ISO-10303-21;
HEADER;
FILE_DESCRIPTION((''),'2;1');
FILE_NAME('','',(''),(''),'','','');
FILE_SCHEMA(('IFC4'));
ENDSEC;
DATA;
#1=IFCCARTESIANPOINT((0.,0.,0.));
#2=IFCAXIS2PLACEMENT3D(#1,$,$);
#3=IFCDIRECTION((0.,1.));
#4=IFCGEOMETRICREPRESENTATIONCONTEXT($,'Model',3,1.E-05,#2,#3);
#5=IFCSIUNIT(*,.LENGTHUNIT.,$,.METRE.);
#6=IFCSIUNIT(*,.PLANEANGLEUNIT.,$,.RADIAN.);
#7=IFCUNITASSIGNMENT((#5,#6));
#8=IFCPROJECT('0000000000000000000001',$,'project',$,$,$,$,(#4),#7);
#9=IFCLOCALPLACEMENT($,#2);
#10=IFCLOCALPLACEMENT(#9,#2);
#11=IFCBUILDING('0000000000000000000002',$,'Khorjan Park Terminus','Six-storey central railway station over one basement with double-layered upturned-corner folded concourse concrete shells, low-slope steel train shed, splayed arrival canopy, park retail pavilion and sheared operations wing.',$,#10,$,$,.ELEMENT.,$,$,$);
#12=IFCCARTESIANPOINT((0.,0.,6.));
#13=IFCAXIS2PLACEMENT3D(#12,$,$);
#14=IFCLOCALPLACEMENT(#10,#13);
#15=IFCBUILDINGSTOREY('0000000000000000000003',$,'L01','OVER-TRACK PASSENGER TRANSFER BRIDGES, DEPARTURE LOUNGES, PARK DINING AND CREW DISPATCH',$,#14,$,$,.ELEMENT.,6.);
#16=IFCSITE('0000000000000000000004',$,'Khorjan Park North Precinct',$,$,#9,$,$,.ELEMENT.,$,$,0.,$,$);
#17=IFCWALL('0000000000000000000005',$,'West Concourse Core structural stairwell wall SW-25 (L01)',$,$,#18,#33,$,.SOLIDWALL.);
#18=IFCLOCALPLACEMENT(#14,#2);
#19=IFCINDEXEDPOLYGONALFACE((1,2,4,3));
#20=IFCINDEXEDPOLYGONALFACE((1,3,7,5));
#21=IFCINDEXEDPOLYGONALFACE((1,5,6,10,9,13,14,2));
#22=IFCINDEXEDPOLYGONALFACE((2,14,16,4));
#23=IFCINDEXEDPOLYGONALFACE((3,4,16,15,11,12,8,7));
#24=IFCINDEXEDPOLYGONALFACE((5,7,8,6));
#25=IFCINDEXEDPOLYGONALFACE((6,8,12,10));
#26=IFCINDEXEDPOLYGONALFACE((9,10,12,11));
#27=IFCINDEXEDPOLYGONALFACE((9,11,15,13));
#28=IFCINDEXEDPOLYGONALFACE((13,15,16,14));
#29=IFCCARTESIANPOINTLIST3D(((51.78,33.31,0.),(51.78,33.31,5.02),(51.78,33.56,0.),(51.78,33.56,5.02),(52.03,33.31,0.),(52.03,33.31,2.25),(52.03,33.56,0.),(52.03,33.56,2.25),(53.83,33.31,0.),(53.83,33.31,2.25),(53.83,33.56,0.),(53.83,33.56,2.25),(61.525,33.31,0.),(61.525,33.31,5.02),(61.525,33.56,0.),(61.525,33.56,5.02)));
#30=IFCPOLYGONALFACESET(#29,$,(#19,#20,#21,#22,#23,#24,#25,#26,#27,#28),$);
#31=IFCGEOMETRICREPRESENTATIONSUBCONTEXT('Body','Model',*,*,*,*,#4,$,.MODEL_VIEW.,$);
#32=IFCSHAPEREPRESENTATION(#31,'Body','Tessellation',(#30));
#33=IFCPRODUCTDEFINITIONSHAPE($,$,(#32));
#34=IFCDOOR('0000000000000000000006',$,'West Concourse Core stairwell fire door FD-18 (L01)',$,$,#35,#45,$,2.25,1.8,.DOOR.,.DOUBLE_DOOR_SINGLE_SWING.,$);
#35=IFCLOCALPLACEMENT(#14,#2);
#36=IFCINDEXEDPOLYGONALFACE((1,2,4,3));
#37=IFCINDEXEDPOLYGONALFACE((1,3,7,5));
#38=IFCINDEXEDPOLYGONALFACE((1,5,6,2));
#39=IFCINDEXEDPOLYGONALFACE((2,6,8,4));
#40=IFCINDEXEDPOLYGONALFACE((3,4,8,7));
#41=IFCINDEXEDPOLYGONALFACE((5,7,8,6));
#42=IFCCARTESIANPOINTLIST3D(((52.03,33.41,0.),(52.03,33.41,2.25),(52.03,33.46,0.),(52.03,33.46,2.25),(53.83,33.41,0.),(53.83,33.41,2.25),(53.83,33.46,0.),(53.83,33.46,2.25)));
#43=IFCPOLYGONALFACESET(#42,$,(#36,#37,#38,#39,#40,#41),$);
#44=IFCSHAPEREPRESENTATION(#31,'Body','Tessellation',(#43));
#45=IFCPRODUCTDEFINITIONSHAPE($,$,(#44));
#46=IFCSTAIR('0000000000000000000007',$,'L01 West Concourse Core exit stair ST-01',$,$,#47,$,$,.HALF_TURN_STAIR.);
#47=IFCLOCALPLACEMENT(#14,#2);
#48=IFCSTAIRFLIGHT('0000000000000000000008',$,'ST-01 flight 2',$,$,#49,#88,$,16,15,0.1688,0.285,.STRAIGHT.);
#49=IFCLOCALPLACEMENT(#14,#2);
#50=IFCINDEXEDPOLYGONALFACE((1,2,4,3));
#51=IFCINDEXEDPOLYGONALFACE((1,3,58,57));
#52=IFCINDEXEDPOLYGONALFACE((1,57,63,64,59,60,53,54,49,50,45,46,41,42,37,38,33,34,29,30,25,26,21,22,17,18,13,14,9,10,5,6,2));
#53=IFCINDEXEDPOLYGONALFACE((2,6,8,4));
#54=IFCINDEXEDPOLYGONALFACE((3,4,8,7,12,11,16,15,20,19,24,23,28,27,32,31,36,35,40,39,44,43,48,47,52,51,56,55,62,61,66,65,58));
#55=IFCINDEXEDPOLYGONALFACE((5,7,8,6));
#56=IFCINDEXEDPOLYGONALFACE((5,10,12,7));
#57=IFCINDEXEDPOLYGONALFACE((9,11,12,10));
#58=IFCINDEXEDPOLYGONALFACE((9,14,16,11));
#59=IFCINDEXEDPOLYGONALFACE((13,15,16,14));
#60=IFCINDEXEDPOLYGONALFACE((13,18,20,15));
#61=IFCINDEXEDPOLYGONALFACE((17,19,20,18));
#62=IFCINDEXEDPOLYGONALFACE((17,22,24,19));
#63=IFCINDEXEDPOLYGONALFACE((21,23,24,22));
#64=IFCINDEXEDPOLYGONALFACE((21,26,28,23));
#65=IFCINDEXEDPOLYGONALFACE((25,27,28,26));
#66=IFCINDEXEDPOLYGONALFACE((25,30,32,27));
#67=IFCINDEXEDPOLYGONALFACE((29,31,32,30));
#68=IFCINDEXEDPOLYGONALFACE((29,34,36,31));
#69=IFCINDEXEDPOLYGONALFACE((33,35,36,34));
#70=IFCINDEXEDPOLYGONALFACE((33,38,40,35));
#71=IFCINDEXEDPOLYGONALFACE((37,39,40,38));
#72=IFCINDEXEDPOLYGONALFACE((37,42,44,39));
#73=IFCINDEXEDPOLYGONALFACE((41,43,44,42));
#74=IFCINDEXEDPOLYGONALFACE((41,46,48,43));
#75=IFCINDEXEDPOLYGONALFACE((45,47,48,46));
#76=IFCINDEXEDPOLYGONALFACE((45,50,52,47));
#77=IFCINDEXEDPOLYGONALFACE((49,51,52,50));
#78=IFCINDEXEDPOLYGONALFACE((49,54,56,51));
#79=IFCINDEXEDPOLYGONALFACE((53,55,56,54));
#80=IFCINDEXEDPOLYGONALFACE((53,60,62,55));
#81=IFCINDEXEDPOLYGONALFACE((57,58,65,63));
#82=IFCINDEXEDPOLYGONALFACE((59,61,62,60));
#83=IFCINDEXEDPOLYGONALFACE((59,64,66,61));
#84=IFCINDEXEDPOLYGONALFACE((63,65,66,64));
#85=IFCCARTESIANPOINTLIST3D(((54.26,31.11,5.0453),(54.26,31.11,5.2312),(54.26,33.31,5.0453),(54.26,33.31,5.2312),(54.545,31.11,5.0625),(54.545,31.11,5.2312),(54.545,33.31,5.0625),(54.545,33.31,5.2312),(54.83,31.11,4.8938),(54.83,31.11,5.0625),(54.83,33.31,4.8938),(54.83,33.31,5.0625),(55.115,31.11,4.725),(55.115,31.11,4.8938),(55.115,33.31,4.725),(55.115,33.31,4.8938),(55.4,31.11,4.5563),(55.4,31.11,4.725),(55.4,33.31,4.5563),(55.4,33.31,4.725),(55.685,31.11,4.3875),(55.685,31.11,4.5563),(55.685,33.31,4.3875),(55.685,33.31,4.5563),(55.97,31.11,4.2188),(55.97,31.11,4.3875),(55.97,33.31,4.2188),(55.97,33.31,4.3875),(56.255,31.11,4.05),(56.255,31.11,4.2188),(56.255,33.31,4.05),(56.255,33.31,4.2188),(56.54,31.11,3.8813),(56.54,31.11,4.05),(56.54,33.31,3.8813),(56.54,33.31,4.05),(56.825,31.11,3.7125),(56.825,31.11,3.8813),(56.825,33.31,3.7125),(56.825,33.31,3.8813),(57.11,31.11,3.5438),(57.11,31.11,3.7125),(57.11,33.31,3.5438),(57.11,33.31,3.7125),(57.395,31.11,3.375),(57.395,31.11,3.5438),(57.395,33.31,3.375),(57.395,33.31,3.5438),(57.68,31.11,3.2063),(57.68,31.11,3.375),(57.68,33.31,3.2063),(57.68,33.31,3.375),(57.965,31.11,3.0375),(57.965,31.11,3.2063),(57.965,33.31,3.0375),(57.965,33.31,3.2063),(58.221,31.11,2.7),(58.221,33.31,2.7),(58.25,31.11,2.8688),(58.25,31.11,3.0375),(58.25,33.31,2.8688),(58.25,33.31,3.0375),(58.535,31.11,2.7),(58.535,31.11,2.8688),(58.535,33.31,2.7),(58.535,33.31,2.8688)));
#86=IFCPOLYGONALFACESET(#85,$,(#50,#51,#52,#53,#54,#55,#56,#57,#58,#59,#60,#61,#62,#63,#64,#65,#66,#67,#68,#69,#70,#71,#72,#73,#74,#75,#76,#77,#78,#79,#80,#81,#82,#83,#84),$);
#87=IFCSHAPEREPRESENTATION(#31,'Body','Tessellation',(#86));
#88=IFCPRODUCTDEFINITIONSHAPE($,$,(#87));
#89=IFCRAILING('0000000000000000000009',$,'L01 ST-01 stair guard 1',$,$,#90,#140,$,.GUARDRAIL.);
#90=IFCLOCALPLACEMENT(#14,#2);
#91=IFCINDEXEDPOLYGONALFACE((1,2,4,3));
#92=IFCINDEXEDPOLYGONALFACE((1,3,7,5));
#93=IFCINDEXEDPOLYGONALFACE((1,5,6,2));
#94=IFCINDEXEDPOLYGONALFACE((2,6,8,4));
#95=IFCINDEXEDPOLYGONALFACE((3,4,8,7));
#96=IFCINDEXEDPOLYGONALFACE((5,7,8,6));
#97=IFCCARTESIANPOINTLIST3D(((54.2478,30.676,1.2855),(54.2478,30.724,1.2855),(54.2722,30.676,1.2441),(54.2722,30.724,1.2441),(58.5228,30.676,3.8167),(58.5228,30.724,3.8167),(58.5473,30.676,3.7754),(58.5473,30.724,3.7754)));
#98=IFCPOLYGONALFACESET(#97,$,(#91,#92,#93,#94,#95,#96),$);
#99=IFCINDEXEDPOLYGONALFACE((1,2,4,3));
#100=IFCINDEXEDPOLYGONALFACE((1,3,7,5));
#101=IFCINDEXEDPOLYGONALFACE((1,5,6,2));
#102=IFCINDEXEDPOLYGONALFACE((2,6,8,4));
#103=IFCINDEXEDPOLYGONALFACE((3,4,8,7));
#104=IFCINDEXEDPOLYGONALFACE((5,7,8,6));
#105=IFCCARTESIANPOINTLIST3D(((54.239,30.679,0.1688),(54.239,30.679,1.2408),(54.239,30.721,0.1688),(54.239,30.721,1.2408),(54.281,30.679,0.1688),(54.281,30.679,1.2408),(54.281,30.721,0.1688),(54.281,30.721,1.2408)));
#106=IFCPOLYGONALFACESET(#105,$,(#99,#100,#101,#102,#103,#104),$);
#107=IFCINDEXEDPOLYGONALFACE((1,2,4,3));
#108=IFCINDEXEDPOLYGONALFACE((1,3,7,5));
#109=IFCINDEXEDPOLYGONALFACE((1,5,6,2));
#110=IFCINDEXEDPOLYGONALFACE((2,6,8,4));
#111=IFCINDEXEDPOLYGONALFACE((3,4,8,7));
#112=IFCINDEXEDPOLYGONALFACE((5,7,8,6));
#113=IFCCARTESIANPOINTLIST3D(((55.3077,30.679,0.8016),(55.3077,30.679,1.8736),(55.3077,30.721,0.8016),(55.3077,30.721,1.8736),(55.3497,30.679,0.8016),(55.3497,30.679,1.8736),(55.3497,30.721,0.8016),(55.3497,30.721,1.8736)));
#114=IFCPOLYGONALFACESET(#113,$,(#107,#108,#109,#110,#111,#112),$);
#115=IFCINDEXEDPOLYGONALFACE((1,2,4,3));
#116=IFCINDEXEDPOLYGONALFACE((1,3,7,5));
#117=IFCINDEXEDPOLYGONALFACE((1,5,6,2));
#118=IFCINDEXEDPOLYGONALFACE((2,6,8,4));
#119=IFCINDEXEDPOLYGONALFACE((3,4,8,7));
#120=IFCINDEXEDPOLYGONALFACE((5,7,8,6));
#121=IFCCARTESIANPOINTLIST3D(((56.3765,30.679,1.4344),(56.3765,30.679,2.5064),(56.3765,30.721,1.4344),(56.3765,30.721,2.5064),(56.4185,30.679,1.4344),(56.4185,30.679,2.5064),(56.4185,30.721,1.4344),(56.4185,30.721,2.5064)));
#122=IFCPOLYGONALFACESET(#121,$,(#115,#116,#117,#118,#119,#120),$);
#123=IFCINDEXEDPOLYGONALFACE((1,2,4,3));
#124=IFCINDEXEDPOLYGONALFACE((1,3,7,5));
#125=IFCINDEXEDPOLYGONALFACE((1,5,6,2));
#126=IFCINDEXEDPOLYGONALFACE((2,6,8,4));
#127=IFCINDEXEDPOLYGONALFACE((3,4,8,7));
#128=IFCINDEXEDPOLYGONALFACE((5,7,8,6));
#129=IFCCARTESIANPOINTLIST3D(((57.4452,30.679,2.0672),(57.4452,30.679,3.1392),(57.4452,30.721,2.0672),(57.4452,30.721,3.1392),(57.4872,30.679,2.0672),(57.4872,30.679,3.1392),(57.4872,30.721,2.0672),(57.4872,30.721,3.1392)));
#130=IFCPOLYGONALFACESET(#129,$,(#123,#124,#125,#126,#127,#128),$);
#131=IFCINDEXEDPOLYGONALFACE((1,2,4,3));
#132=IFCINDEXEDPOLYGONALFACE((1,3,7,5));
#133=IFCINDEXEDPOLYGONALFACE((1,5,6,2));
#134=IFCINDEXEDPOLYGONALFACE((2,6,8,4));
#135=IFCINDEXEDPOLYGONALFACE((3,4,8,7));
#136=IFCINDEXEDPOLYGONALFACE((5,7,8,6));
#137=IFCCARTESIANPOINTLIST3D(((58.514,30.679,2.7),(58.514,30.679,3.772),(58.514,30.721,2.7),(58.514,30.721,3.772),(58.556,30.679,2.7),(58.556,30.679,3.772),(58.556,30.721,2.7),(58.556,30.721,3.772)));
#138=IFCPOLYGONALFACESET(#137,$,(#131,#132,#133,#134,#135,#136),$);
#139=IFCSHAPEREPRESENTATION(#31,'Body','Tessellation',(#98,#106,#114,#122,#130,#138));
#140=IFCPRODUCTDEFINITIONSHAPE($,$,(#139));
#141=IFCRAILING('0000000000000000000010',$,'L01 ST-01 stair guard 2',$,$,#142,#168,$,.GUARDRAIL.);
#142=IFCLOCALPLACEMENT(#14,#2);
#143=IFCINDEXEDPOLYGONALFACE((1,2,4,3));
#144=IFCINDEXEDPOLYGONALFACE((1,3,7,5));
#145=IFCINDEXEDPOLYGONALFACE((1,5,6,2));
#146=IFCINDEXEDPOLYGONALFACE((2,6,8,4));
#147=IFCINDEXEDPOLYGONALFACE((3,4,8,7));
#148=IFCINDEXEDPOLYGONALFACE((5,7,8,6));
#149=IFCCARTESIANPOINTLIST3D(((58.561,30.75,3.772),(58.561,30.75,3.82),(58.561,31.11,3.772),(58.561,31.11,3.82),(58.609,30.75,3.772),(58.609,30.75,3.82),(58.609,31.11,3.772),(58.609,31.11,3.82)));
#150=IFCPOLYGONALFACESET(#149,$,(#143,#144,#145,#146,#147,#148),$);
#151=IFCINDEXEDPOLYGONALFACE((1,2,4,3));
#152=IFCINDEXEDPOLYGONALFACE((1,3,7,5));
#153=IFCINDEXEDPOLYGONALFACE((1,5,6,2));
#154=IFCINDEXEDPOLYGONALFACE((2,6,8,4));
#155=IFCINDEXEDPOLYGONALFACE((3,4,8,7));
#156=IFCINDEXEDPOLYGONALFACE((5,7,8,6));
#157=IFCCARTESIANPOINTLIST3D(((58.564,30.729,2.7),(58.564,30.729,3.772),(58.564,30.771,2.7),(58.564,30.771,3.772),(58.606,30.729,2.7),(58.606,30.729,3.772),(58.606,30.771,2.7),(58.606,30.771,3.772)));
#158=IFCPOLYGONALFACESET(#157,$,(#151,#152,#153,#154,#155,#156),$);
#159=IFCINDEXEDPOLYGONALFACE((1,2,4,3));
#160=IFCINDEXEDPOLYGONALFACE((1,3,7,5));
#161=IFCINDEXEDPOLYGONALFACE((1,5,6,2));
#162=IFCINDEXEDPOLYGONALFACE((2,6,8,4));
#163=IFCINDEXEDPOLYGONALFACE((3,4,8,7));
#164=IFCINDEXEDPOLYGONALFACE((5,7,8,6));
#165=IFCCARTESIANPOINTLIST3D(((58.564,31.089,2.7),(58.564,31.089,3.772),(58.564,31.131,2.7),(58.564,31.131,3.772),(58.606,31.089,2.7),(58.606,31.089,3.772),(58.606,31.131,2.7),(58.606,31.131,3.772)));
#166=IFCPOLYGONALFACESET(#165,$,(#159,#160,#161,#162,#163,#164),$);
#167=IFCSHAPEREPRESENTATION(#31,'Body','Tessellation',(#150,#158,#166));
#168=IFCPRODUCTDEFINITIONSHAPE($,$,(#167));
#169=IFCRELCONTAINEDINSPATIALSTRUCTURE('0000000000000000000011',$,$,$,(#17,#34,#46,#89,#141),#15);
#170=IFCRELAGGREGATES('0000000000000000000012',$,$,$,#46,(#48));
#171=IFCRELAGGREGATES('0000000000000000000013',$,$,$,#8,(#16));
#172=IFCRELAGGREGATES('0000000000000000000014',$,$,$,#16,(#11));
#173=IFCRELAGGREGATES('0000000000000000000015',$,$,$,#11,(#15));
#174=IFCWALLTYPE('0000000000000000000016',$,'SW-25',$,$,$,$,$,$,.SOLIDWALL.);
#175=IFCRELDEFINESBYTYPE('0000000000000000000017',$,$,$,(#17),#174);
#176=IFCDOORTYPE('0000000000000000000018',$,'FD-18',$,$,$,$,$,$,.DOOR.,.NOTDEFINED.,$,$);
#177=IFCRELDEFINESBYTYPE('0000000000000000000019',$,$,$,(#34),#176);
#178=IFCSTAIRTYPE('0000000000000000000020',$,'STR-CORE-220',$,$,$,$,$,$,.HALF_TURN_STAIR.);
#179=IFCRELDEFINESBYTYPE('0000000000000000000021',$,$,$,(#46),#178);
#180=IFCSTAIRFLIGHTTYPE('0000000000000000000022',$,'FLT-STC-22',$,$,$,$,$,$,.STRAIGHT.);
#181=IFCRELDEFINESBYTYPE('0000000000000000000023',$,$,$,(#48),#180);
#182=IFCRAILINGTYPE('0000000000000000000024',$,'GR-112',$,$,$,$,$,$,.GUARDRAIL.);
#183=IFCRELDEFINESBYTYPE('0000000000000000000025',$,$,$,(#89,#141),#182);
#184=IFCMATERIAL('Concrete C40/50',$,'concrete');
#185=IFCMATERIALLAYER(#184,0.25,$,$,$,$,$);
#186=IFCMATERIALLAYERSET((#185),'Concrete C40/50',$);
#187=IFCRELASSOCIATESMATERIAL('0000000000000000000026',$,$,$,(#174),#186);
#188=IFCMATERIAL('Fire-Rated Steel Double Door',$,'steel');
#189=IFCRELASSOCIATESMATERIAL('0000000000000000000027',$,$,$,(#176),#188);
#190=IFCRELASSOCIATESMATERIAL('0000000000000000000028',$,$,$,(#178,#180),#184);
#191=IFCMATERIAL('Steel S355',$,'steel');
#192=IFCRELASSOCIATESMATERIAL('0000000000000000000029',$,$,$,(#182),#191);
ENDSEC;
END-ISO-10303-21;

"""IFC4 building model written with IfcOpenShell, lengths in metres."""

from ifc_helpers import new_model, si_unit, direction, frame, frame_2d, origin, origin_2d, place, context, subcontext, project, spatial, polyline, rectangle, outline, extrude, material, layer, layer_set, type_object, element, fill, aggregate, save


model = new_model("IFC4")

# Units and contexts
model_context = context("Model", 3, precision=1e-05, world=origin(), true_north=direction((0.0, 1.0)))
body_context = subcontext(model_context, "Body", "Model", "MODEL_VIEW")
ifc_project = project(units=[si_unit("LENGTHUNIT", "METRE"), si_unit("PLANEANGLEUNIT", "RADIAN")], contexts=[model_context])

# Site, building, storey
site_placement = place(None, origin())
site = spatial("IfcSite", under=ifc_project, at=site_placement, Name="Khorjan Park North Precinct", CompositionType="ELEMENT", RefElevation=0.0)
building_placement = place(site_placement, origin())
building = spatial("IfcBuilding", under=site, at=building_placement, Name="Khorjan Park Terminus", Description="Six-storey central railway station over one basement with double-layered upturned-corner folded concourse concrete shells, low-slope steel train shed, splayed arrival canopy, park retail pavilion and sheared operations wing.", CompositionType="ELEMENT")
storey_placement = place(building_placement, frame((0.0, 0.0, 6.0)))
storey = spatial("IfcBuildingStorey", under=building, at=storey_placement, Name="L01", Description="OVER-TRACK PASSENGER TRANSFER BRIDGES, DEPARTURE LOUNGES, PARK DINING AND CREW DISPATCH", CompositionType="ELEMENT", Elevation=6.0)

# Shared definitions
ifc_material_1 = material(Name="Fire-Rated Steel Double Door", Category="steel")

# Shared definitions
ifc_material_2 = material(Name="Concrete C40/50", Category="concrete")
ifc_layer_1 = layer(ifc_material_2, 0.25)
ifc_layer_set_1 = layer_set([ifc_layer_1], Name="Concrete C40/50")
wall_type_1 = type_object("IfcWallType", Name="SW-25", PredefinedType="SOLIDWALL", material=ifc_layer_set_1)

# Wall, opening, door
wall_1_placement = place(storey_placement, frame((51.78, 33.435, 0.0), z_axis=(0.0, 0.0, 1.0), x_axis=(1.0, 0.0, 0.0)))
wall_1 = element("IfcWall", 1, at=wall_1_placement, inside=storey, type_object=wall_type_1, Name="West Concourse Core structural stairwell wall SW-25 (L01)", PredefinedType="SOLIDWALL", context=body_context, shape_type="SweptSolid", body=[
    extrude(rectangle(XDim=9.745, YDim=0.25, at=frame_2d((4.8725, 0.0))), origin(), (0.0, 0.0, 1.0), 5.02),
])
opening_1_placement = place(wall_1_placement, frame((0.25, 0.0, 0.0)))
opening_1 = element("IfcOpeningElement", 2, at=opening_1_placement, cuts=wall_1, PredefinedType="OPENING", context=body_context, shape_type="SweptSolid", body=[
    extrude(rectangle(XDim=1.8, YDim=2.25, at=frame_2d((0.9, 1.125))), frame((0.0, 0.135, 0.0), z_axis=(0.0, -1.0, 0.0), x_axis=(1.0, 0.0, 0.0)), (0.0, 0.0, 1.0), 0.27),
])
door_type_1 = type_object("IfcDoorType", Name="FD-18", OperationType="NOTDEFINED", PredefinedType="DOOR", material=ifc_material_1)
door_1_placement = place(opening_1_placement, origin())
door_1 = element("IfcDoor", 3, at=door_1_placement, inside=storey, type_object=door_type_1, Name="West Concourse Core stairwell fire door FD-18 (L01)", OperationType="DOUBLE_DOOR_SINGLE_SWING", OverallHeight=2.25, OverallWidth=1.8, PredefinedType="DOOR", context=body_context, shape_type="SweptSolid", body=[
    extrude(rectangle(XDim=1.8, YDim=2.25, at=frame_2d((0.9, 1.125))), frame((0.0, 0.025, 0.0), z_axis=(0.0, -1.0, 0.0), x_axis=(1.0, 0.0, 0.0)), (0.0, 0.0, 1.0), 0.05),
])
fill(opening_1, door_1)

# Stair, stair flight
stair_type = type_object("IfcStairType", Name="STR-CORE-220", PredefinedType="HALF_TURN_STAIR", material=ifc_material_2)
stair_placement = place(storey_placement, origin())
stair = element("IfcStair", 4, at=stair_placement, inside=storey, type_object=stair_type, Name="L01 West Concourse Core exit stair ST-01", PredefinedType="HALF_TURN_STAIR")
stair_flight_type = type_object("IfcStairFlightType", Name="FLT-STC-22", PredefinedType="STRAIGHT", material=ifc_material_2)
stair_flight_placement = place(storey_placement, frame((58.535, 32.21, 2.7), z_axis=(0.0, 0.0, 1.0), x_axis=(-1.0, 0.0, 0.0)))
stair_flight = element("IfcStairFlight", 5, at=stair_flight_placement, type_object=stair_flight_type, Name="ST-01 flight 2", NumberOfRisers=16, NumberOfTreads=15, PredefinedType="STRAIGHT", RiserHeight=0.1688, TreadLength=0.285, context=body_context, shape_type="SweptSolid", body=[
    extrude(outline(polyline([(0.0, 0.0), (0.0, 0.1688), (0.285, 0.1688), (0.285, 0.3375), (0.57, 0.3375), (0.57, 0.5063), (0.855, 0.5063), (0.855, 0.675), (1.14, 0.675), (1.14, 0.8438), (1.425, 0.8438), (1.425, 1.0125), (1.71, 1.0125), (1.71, 1.1813), (1.995, 1.1813), (1.995, 1.35), (2.28, 1.35), (2.28, 1.5188), (2.565, 1.5188), (2.565, 1.6875), (2.85, 1.6875), (2.85, 1.8563), (3.135, 1.8563), (3.135, 2.025), (3.42, 2.025), (3.42, 2.1938), (3.705, 2.1938), (3.705, 2.3625), (3.99, 2.3625), (3.99, 2.5312), (4.275, 2.5312), (4.275, 2.7), (4.275, 2.3453), (0.314, 0.0), (0.0, 0.0)])), frame((0.0, 1.1, 0.0), z_axis=(0.0, -1.0, 0.0), x_axis=(1.0, 0.0, 0.0)), (0.0, 0.0, 1.0), 2.2),
])
aggregate(stair, [stair_flight])

# Railings
ifc_material_3 = material(Name="Steel S355", Category="steel")
railing_type_1 = type_object("IfcRailingType", Name="GR-112", PredefinedType="GUARDRAIL", material=ifc_material_3)
railing_1_placement = place(storey_placement, frame((54.26, 30.7, 0.1688)))
element("IfcRailing", 6, at=railing_1_placement, inside=storey, type_object=railing_type_1, Name="L01 ST-01 stair guard 1", PredefinedType="GUARDRAIL", context=body_context, shape_type="SweptSolid", body=[
    extrude(rectangle(XDim=0.048, YDim=0.048, at=origin_2d()), frame((0.0, 0.0, 1.096), z_axis=(0.86048, 0.0, 0.509485), x_axis=(0.0, 1.0, 0.0)), (0.0, 0.0, 1.0), 4.9682),
    extrude(rectangle(XDim=0.042, YDim=0.042, at=origin_2d()), origin(), (0.0, 0.0, 1.0), 1.072),
    extrude(rectangle(XDim=0.042, YDim=0.042, at=origin_2d()), frame((1.0687, 0.0, 0.6328)), (0.0, 0.0, 1.0), 1.072),
    extrude(rectangle(XDim=0.042, YDim=0.042, at=origin_2d()), frame((2.1375, 0.0, 1.2656)), (0.0, 0.0, 1.0), 1.072),
    extrude(rectangle(XDim=0.042, YDim=0.042, at=origin_2d()), frame((3.2062, 0.0, 1.8984)), (0.0, 0.0, 1.0), 1.072),
    extrude(rectangle(XDim=0.042, YDim=0.042, at=origin_2d()), frame((4.275, 0.0, 2.5312)), (0.0, 0.0, 1.0), 1.072),
])
railing_2_placement = place(storey_placement, frame((58.585, 30.75, 2.7)))
element("IfcRailing", 7, at=railing_2_placement, inside=storey, type_object=railing_type_1, Name="L01 ST-01 stair guard 2", PredefinedType="GUARDRAIL", context=body_context, shape_type="SweptSolid", body=[
    extrude(rectangle(XDim=0.048, YDim=0.048, at=origin_2d()), frame((0.0, 0.0, 1.096), z_axis=(0.0, 1.0, 0.0), x_axis=(-1.0, 0.0, 0.0)), (0.0, 0.0, 1.0), 0.36),
    extrude(rectangle(XDim=0.042, YDim=0.042, at=origin_2d()), origin(), (0.0, 0.0, 1.0), 1.072),
    extrude(rectangle(XDim=0.042, YDim=0.042, at=origin_2d()), frame((0.0, 0.36, 0.0)), (0.0, 0.0, 1.0), 1.072),
])

save(model, "model.ifc")
